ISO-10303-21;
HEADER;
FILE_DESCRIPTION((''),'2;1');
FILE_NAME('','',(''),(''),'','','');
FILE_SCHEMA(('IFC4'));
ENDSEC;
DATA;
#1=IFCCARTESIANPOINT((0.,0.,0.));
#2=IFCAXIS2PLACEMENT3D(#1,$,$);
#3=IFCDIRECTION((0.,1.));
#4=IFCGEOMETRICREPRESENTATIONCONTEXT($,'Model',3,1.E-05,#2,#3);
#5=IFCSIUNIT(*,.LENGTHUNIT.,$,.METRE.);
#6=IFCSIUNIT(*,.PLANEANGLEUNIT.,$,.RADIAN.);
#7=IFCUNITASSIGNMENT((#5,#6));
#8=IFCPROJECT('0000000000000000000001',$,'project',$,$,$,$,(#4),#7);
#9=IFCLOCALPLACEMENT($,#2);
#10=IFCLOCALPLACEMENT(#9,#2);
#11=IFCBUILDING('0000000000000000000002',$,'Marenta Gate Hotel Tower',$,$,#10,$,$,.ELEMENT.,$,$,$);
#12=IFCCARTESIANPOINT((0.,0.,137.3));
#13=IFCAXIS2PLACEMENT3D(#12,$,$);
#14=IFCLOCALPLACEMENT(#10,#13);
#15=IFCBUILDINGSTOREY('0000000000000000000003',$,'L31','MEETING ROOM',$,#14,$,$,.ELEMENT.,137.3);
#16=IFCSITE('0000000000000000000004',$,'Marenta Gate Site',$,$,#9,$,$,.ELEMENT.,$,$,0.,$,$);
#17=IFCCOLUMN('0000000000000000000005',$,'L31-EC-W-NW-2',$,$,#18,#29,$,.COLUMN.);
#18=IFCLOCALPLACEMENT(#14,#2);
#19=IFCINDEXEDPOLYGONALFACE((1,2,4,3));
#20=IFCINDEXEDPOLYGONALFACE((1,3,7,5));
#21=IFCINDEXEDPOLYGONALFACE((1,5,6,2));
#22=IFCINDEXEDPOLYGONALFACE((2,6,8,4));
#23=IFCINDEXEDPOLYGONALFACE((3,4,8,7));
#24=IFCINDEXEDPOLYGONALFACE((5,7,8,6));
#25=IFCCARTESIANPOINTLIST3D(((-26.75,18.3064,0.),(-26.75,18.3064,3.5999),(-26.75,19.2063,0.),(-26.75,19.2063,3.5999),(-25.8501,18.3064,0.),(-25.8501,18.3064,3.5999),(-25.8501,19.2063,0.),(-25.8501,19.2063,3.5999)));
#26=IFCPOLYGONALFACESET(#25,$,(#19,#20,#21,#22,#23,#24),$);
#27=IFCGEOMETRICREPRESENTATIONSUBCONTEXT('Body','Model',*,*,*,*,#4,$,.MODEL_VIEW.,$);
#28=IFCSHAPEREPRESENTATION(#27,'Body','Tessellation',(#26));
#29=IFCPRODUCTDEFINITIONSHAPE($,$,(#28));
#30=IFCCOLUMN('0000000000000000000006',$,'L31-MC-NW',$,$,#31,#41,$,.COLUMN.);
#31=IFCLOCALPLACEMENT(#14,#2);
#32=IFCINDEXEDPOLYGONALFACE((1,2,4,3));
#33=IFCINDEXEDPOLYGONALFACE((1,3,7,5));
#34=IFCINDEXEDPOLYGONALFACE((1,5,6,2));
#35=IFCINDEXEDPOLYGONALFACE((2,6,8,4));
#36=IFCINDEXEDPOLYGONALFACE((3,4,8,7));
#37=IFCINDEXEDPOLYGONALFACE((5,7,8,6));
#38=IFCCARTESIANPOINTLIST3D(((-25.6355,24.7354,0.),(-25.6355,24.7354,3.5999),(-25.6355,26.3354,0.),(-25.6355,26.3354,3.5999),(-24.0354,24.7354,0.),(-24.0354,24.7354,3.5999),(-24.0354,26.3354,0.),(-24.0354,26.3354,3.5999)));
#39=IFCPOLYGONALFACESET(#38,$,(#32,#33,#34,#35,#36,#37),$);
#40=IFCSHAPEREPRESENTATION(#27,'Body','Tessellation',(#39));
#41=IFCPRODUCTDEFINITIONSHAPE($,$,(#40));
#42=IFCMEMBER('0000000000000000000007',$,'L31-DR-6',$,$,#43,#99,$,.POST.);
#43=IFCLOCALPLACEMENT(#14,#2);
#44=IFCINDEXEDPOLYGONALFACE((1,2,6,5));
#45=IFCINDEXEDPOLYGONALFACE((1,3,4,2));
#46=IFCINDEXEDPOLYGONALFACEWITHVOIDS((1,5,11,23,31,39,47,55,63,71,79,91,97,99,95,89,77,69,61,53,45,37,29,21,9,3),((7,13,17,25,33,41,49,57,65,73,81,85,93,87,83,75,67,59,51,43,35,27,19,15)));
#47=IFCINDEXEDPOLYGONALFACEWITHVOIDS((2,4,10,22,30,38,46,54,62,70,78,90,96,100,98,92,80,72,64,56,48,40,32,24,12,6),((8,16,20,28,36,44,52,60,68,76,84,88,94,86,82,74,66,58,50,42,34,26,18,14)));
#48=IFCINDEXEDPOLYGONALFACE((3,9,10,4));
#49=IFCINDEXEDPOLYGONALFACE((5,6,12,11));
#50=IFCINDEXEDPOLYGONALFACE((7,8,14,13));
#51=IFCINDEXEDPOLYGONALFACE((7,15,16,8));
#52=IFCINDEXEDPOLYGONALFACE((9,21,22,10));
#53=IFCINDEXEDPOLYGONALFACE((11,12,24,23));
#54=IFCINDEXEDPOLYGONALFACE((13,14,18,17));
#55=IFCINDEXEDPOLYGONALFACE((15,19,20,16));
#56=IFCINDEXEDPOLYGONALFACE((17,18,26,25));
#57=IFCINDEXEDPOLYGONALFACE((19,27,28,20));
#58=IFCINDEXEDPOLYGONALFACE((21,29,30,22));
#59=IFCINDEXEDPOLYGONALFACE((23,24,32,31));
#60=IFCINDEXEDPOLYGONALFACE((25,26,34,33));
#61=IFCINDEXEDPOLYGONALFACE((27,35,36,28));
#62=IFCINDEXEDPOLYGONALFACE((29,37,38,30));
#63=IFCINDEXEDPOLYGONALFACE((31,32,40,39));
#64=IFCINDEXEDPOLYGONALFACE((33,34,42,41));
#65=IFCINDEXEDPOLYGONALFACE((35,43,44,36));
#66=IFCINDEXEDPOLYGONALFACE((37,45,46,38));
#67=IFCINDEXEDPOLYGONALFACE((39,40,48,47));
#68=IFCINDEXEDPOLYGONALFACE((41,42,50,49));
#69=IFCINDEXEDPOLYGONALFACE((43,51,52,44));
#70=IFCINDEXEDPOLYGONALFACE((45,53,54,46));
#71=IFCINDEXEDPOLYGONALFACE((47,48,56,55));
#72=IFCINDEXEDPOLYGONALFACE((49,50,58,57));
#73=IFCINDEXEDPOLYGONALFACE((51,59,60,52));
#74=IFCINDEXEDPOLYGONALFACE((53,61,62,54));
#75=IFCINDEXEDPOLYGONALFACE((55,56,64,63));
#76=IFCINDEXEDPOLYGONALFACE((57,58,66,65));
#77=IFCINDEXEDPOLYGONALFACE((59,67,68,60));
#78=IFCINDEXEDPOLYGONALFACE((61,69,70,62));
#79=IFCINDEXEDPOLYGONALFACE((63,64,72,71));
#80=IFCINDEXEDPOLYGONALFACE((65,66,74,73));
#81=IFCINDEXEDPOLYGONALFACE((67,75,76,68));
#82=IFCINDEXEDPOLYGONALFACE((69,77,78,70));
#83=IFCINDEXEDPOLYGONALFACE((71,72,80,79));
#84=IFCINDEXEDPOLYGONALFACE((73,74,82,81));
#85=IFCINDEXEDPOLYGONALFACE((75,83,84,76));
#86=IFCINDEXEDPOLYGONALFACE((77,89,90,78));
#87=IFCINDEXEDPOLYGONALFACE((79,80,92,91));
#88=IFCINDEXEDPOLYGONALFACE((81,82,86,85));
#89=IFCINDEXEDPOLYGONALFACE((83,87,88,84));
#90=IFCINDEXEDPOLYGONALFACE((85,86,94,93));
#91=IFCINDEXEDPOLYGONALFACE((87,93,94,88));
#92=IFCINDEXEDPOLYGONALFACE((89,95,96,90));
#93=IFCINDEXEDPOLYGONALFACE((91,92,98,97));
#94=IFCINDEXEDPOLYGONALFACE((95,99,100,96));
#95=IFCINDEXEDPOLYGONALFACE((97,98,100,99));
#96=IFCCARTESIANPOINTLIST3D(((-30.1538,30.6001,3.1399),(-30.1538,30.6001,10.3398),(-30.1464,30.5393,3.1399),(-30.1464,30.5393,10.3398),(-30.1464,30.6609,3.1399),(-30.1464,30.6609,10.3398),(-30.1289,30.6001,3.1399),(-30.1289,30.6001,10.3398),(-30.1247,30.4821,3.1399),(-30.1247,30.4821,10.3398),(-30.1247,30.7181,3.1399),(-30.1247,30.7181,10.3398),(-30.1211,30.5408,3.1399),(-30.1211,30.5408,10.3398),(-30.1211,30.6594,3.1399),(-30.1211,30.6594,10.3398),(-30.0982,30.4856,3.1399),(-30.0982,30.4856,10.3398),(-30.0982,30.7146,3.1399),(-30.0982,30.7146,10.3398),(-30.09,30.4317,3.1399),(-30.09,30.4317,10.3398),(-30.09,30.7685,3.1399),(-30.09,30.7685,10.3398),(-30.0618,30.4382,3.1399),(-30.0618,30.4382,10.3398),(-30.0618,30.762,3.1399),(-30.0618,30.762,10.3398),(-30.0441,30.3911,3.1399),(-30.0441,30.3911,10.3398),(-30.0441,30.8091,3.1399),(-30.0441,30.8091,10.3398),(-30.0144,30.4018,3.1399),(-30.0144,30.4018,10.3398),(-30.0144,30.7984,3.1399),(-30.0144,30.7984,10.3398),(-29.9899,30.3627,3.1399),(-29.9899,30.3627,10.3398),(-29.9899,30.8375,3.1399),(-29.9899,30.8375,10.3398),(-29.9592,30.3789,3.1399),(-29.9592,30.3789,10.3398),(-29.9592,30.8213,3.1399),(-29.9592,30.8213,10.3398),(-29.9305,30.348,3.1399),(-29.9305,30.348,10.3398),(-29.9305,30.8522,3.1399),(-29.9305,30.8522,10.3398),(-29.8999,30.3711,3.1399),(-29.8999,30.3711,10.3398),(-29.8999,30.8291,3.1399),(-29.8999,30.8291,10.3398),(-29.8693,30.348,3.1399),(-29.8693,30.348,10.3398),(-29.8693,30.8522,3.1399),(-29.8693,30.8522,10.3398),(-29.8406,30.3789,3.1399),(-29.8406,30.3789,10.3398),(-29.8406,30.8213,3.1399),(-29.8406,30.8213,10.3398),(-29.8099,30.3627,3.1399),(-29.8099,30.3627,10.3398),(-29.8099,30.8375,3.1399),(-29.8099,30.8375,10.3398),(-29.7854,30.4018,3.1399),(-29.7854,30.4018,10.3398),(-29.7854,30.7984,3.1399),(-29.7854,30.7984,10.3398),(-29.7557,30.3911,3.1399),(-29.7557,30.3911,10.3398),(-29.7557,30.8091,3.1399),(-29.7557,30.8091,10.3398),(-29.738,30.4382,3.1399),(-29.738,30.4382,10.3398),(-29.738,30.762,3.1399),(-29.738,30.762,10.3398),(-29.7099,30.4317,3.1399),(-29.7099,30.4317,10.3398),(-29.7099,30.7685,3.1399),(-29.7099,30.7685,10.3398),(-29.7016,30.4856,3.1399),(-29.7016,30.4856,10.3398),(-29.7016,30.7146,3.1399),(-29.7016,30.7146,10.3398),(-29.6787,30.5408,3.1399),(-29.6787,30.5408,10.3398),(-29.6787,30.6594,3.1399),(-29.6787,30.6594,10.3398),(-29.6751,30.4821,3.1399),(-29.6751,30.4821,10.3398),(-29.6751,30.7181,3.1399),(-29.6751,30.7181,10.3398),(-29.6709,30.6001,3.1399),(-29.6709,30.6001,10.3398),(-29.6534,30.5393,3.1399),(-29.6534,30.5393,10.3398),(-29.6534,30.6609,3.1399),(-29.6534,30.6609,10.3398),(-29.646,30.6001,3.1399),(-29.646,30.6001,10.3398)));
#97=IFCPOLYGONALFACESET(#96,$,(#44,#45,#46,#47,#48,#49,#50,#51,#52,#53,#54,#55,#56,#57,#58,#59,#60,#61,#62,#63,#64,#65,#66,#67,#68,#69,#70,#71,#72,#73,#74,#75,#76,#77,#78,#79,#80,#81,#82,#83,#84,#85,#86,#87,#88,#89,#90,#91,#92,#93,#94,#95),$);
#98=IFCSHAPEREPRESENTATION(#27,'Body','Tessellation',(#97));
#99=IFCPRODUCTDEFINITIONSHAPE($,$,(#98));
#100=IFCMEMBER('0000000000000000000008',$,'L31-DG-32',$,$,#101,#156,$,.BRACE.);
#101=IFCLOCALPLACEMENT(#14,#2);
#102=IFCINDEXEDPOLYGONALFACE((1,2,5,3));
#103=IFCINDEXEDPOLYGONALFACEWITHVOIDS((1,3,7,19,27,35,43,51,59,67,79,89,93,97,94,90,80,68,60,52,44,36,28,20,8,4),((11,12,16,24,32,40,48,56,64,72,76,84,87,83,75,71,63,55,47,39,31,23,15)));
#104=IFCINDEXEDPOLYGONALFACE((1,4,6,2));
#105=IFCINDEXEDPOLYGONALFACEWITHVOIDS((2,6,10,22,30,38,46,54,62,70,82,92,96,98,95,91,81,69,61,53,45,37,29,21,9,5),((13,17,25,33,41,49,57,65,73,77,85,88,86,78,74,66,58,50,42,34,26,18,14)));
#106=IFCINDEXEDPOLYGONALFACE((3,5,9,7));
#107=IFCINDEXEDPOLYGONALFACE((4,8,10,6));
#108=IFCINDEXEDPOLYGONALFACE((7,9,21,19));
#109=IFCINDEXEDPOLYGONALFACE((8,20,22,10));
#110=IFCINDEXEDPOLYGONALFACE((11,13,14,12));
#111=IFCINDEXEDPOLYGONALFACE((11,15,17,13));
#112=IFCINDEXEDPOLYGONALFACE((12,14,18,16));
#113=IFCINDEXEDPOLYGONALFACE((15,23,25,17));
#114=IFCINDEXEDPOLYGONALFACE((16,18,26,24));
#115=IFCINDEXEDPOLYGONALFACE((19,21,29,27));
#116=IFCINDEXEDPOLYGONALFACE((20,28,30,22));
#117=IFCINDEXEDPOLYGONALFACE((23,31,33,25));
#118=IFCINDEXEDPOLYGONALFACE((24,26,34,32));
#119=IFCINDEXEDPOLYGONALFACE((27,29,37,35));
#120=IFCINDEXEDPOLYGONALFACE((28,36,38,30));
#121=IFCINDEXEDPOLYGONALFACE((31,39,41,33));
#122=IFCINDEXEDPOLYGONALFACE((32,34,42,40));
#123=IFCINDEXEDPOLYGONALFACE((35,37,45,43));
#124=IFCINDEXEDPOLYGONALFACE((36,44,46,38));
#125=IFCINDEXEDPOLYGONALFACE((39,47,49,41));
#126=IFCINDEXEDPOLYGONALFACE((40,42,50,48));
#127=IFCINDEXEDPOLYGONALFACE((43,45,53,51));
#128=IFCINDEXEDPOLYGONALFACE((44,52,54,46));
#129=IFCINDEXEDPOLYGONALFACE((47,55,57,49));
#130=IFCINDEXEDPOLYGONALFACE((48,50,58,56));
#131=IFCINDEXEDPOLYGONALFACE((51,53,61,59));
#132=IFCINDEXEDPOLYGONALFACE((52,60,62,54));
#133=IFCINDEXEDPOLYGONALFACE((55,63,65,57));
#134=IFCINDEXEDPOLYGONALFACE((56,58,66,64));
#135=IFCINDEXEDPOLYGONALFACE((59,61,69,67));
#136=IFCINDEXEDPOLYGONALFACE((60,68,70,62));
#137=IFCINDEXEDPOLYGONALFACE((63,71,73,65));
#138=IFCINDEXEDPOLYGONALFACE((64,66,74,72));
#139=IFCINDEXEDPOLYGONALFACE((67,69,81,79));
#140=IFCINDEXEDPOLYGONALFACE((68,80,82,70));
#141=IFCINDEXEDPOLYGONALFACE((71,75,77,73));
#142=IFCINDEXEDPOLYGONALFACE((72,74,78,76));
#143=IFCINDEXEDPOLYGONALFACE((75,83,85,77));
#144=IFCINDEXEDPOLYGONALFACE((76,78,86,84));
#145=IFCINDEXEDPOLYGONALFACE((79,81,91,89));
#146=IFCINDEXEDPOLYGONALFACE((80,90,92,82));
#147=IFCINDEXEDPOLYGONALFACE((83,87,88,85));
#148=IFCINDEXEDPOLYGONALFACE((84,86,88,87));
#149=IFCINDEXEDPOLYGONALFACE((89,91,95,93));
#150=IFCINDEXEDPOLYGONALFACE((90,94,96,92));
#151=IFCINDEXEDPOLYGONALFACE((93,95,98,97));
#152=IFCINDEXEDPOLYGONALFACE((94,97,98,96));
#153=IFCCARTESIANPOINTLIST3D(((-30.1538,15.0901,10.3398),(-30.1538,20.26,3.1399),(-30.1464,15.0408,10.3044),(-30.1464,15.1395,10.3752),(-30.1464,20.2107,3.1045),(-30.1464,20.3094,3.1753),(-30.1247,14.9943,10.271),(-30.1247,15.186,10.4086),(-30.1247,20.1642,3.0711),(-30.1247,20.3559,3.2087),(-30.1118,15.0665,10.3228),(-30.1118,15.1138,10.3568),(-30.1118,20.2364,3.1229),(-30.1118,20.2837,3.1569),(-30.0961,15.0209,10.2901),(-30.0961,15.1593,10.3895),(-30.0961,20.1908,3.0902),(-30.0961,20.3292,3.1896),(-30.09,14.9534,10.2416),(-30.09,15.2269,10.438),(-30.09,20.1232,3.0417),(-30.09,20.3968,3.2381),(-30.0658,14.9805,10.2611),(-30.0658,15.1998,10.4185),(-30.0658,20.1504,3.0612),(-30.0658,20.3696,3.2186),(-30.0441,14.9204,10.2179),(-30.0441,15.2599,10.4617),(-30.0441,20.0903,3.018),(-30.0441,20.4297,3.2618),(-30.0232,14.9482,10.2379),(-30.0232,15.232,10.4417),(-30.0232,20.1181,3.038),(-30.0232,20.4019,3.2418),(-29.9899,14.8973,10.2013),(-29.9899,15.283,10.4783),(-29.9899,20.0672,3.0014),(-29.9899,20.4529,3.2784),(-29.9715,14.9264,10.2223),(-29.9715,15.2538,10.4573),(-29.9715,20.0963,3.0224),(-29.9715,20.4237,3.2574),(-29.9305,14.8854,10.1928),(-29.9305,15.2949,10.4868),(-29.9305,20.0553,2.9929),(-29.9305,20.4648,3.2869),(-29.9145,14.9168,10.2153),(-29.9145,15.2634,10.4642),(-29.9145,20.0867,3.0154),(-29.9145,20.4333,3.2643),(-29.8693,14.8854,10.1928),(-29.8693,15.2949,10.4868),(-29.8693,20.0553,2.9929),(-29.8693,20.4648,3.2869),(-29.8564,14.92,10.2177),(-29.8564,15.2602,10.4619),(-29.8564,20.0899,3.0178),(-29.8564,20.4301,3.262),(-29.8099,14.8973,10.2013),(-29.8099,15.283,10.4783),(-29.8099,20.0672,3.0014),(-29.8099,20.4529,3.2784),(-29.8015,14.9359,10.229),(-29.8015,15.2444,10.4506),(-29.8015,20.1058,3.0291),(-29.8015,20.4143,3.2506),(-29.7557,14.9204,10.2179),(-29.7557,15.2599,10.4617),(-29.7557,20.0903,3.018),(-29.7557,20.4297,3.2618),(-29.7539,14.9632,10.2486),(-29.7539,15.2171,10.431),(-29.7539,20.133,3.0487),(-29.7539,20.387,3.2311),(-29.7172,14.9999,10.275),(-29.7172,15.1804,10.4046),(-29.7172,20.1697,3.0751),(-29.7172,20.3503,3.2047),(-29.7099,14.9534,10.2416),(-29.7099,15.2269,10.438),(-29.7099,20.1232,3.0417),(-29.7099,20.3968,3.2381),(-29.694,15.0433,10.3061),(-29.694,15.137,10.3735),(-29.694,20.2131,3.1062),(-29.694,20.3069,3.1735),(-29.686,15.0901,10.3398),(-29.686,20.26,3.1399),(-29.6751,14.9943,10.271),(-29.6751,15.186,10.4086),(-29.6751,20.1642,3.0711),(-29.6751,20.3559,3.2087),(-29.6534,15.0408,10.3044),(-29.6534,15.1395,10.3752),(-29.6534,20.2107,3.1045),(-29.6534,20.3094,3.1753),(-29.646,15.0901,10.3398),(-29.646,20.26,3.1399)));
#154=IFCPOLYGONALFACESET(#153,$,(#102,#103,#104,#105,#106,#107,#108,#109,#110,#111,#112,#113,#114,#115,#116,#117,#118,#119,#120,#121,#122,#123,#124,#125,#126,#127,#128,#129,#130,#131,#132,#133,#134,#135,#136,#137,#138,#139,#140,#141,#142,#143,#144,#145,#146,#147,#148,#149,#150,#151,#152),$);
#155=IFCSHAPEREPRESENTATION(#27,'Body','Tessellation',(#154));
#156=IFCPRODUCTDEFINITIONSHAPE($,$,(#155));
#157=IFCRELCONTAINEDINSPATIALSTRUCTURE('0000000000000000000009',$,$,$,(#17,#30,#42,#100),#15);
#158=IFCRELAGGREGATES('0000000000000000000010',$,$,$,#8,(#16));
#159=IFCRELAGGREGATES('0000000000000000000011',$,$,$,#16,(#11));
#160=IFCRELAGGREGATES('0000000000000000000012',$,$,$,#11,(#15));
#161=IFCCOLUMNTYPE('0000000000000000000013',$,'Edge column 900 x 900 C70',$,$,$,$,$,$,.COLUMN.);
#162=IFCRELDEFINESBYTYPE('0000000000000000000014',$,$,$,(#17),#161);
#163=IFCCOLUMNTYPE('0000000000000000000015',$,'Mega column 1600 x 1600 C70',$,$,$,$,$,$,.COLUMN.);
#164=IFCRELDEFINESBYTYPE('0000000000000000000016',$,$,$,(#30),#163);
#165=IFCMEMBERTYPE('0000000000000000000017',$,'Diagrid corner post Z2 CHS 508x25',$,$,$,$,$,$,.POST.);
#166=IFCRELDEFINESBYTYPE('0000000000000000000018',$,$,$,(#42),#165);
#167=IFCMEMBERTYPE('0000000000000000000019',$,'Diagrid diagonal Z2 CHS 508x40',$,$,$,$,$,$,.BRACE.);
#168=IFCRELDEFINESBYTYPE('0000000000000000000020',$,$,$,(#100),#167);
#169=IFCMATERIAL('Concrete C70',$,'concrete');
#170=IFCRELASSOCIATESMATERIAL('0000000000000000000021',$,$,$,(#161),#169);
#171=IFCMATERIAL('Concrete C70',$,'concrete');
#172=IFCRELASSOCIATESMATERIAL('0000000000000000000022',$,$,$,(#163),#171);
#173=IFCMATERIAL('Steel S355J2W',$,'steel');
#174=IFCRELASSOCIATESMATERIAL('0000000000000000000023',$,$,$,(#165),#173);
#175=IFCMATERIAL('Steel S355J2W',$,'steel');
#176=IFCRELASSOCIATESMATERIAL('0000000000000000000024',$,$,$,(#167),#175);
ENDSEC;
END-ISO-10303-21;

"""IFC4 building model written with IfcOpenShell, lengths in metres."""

from ifc_helpers import new_model, si_unit, direction, frame, origin, origin_2d, place, context, subcontext, project, spatial, rectangle, hollow_circle, extrude, material, material_profile, profile_set, type_object, element, save


model = new_model("IFC4")

# Units and contexts
model_context = context("Model", 3, precision=1e-05, world=origin(), true_north=direction((0.0, 1.0)))
body_context = subcontext(model_context, "Body", "Model", "MODEL_VIEW")
ifc_project = project(units=[si_unit("LENGTHUNIT", "METRE"), si_unit("PLANEANGLEUNIT", "RADIAN")], contexts=[model_context])

# Site, building, storey
site_placement = place(None, origin())
site = spatial("IfcSite", under=ifc_project, at=site_placement, Name="Marenta Gate Site", CompositionType="ELEMENT", RefElevation=0.0)
building_placement = place(site_placement, origin())
building = spatial("IfcBuilding", under=site, at=building_placement, Name="Marenta Gate Hotel Tower", CompositionType="ELEMENT")
storey_placement = place(building_placement, frame((0.0, 0.0, 137.3)))
storey = spatial("IfcBuildingStorey", under=building, at=storey_placement, Name="L31", Description="MEETING ROOM", CompositionType="ELEMENT", Elevation=137.3)

# Columns
ifc_material_1 = material(Name="Concrete C70", Category="concrete")
ifc_material_profile_1 = material_profile(ifc_material_1, rectangle(XDim=0.8999, YDim=0.8999, at=origin_2d()), Name="900 x 900")
ifc_profile_set_1 = profile_set([ifc_material_profile_1], Name="Concrete C70")
column_type_1 = type_object("IfcColumnType", Name="Edge column 900 x 900 C70", PredefinedType="COLUMN", material=ifc_profile_set_1)
column_1_placement = place(storey_placement, frame((-26.3, 18.7563, 0.0), z_axis=(0.0, 0.0, 1.0), x_axis=(1.0, 0.0, 0.0)))
element("IfcColumn", 1, at=column_1_placement, inside=storey, type_object=column_type_1, Name="L31-EC-W-NW-2", PredefinedType="COLUMN", context=body_context, shape_type="SweptSolid", body=[
    extrude(rectangle(XDim=0.8999, YDim=0.8999, at=origin_2d()), origin(), (0.0, 0.0, 1.0), 3.5999),
])
ifc_material_2 = material(Name="Concrete C70", Category="concrete")
ifc_material_profile_2 = material_profile(ifc_material_2, rectangle(XDim=1.6001, YDim=1.6001, at=origin_2d()), Name="1600 x 1600")
ifc_profile_set_2 = profile_set([ifc_material_profile_2], Name="Concrete C70")
column_type_2 = type_object("IfcColumnType", Name="Mega column 1600 x 1600 C70", PredefinedType="COLUMN", material=ifc_profile_set_2)
column_2_placement = place(storey_placement, frame((-24.8354, 25.5354, 0.0), z_axis=(0.0, 0.0, 1.0), x_axis=(1.0, 0.0, 0.0)))
element("IfcColumn", 2, at=column_2_placement, inside=storey, type_object=column_type_2, Name="L31-MC-NW", PredefinedType="COLUMN", context=body_context, shape_type="SweptSolid", body=[
    extrude(rectangle(XDim=1.6001, YDim=1.6001, at=origin_2d()), origin(), (0.0, 0.0, 1.0), 3.5999),
])

# Members
ifc_material_3 = material(Name="Steel S355J2W", Category="steel")
ifc_material_profile_3 = material_profile(ifc_material_3, hollow_circle(Radius=0.2539, WallThickness=0.0249, at=origin_2d()), Name="CHS 508x25")
ifc_profile_set_3 = profile_set([ifc_material_profile_3], Name="Steel S355J2W")
member_type_1 = type_object("IfcMemberType", Name="Diagrid corner post Z2 CHS 508x25", PredefinedType="POST", material=ifc_profile_set_3)
member_1_placement = place(storey_placement, frame((-29.8999, 30.6001, 3.1399), z_axis=(0.0, 0.0, 1.0), x_axis=(1.0, 0.0, 0.0)))
element("IfcMember", 3, at=member_1_placement, inside=storey, type_object=member_type_1, Name="L31-DR-6", PredefinedType="POST", context=body_context, shape_type="SweptSolid", body=[
    extrude(hollow_circle(Radius=0.2539, WallThickness=0.0249, at=origin_2d()), origin(), (0.0, 0.0, 1.0), 7.2),
])
ifc_material_4 = material(Name="Steel S355J2W", Category="steel")
ifc_material_profile_4 = material_profile(ifc_material_4, hollow_circle(Radius=0.2539, WallThickness=0.04, at=origin_2d()), Name="CHS 508x40")
ifc_profile_set_4 = profile_set([ifc_material_profile_4], Name="Steel S355J2W")
member_type_2 = type_object("IfcMemberType", Name="Diagrid diagonal Z2 CHS 508x40", PredefinedType="BRACE", material=ifc_profile_set_4)
for number, where, z_axis, x_axis, name in (
    (4, (-29.8999, 20.26, 3.1399), (0.0, -0.583261, 0.812285), (1.0, 0.0, 0.0), "L31-DG-32"),
):
    element("IfcMember", number, at=place(storey_placement, frame(where, z_axis=z_axis, x_axis=x_axis)), inside=storey, type_object=member_type_2, Name=name, PredefinedType="BRACE", context=body_context, shape_type="SweptSolid", body=[
        extrude(hollow_circle(Radius=0.2539, WallThickness=0.04, at=origin_2d()), origin(), (0.0, 0.0, 1.0), 8.8638),
    ])

save(model, "model.ifc")
